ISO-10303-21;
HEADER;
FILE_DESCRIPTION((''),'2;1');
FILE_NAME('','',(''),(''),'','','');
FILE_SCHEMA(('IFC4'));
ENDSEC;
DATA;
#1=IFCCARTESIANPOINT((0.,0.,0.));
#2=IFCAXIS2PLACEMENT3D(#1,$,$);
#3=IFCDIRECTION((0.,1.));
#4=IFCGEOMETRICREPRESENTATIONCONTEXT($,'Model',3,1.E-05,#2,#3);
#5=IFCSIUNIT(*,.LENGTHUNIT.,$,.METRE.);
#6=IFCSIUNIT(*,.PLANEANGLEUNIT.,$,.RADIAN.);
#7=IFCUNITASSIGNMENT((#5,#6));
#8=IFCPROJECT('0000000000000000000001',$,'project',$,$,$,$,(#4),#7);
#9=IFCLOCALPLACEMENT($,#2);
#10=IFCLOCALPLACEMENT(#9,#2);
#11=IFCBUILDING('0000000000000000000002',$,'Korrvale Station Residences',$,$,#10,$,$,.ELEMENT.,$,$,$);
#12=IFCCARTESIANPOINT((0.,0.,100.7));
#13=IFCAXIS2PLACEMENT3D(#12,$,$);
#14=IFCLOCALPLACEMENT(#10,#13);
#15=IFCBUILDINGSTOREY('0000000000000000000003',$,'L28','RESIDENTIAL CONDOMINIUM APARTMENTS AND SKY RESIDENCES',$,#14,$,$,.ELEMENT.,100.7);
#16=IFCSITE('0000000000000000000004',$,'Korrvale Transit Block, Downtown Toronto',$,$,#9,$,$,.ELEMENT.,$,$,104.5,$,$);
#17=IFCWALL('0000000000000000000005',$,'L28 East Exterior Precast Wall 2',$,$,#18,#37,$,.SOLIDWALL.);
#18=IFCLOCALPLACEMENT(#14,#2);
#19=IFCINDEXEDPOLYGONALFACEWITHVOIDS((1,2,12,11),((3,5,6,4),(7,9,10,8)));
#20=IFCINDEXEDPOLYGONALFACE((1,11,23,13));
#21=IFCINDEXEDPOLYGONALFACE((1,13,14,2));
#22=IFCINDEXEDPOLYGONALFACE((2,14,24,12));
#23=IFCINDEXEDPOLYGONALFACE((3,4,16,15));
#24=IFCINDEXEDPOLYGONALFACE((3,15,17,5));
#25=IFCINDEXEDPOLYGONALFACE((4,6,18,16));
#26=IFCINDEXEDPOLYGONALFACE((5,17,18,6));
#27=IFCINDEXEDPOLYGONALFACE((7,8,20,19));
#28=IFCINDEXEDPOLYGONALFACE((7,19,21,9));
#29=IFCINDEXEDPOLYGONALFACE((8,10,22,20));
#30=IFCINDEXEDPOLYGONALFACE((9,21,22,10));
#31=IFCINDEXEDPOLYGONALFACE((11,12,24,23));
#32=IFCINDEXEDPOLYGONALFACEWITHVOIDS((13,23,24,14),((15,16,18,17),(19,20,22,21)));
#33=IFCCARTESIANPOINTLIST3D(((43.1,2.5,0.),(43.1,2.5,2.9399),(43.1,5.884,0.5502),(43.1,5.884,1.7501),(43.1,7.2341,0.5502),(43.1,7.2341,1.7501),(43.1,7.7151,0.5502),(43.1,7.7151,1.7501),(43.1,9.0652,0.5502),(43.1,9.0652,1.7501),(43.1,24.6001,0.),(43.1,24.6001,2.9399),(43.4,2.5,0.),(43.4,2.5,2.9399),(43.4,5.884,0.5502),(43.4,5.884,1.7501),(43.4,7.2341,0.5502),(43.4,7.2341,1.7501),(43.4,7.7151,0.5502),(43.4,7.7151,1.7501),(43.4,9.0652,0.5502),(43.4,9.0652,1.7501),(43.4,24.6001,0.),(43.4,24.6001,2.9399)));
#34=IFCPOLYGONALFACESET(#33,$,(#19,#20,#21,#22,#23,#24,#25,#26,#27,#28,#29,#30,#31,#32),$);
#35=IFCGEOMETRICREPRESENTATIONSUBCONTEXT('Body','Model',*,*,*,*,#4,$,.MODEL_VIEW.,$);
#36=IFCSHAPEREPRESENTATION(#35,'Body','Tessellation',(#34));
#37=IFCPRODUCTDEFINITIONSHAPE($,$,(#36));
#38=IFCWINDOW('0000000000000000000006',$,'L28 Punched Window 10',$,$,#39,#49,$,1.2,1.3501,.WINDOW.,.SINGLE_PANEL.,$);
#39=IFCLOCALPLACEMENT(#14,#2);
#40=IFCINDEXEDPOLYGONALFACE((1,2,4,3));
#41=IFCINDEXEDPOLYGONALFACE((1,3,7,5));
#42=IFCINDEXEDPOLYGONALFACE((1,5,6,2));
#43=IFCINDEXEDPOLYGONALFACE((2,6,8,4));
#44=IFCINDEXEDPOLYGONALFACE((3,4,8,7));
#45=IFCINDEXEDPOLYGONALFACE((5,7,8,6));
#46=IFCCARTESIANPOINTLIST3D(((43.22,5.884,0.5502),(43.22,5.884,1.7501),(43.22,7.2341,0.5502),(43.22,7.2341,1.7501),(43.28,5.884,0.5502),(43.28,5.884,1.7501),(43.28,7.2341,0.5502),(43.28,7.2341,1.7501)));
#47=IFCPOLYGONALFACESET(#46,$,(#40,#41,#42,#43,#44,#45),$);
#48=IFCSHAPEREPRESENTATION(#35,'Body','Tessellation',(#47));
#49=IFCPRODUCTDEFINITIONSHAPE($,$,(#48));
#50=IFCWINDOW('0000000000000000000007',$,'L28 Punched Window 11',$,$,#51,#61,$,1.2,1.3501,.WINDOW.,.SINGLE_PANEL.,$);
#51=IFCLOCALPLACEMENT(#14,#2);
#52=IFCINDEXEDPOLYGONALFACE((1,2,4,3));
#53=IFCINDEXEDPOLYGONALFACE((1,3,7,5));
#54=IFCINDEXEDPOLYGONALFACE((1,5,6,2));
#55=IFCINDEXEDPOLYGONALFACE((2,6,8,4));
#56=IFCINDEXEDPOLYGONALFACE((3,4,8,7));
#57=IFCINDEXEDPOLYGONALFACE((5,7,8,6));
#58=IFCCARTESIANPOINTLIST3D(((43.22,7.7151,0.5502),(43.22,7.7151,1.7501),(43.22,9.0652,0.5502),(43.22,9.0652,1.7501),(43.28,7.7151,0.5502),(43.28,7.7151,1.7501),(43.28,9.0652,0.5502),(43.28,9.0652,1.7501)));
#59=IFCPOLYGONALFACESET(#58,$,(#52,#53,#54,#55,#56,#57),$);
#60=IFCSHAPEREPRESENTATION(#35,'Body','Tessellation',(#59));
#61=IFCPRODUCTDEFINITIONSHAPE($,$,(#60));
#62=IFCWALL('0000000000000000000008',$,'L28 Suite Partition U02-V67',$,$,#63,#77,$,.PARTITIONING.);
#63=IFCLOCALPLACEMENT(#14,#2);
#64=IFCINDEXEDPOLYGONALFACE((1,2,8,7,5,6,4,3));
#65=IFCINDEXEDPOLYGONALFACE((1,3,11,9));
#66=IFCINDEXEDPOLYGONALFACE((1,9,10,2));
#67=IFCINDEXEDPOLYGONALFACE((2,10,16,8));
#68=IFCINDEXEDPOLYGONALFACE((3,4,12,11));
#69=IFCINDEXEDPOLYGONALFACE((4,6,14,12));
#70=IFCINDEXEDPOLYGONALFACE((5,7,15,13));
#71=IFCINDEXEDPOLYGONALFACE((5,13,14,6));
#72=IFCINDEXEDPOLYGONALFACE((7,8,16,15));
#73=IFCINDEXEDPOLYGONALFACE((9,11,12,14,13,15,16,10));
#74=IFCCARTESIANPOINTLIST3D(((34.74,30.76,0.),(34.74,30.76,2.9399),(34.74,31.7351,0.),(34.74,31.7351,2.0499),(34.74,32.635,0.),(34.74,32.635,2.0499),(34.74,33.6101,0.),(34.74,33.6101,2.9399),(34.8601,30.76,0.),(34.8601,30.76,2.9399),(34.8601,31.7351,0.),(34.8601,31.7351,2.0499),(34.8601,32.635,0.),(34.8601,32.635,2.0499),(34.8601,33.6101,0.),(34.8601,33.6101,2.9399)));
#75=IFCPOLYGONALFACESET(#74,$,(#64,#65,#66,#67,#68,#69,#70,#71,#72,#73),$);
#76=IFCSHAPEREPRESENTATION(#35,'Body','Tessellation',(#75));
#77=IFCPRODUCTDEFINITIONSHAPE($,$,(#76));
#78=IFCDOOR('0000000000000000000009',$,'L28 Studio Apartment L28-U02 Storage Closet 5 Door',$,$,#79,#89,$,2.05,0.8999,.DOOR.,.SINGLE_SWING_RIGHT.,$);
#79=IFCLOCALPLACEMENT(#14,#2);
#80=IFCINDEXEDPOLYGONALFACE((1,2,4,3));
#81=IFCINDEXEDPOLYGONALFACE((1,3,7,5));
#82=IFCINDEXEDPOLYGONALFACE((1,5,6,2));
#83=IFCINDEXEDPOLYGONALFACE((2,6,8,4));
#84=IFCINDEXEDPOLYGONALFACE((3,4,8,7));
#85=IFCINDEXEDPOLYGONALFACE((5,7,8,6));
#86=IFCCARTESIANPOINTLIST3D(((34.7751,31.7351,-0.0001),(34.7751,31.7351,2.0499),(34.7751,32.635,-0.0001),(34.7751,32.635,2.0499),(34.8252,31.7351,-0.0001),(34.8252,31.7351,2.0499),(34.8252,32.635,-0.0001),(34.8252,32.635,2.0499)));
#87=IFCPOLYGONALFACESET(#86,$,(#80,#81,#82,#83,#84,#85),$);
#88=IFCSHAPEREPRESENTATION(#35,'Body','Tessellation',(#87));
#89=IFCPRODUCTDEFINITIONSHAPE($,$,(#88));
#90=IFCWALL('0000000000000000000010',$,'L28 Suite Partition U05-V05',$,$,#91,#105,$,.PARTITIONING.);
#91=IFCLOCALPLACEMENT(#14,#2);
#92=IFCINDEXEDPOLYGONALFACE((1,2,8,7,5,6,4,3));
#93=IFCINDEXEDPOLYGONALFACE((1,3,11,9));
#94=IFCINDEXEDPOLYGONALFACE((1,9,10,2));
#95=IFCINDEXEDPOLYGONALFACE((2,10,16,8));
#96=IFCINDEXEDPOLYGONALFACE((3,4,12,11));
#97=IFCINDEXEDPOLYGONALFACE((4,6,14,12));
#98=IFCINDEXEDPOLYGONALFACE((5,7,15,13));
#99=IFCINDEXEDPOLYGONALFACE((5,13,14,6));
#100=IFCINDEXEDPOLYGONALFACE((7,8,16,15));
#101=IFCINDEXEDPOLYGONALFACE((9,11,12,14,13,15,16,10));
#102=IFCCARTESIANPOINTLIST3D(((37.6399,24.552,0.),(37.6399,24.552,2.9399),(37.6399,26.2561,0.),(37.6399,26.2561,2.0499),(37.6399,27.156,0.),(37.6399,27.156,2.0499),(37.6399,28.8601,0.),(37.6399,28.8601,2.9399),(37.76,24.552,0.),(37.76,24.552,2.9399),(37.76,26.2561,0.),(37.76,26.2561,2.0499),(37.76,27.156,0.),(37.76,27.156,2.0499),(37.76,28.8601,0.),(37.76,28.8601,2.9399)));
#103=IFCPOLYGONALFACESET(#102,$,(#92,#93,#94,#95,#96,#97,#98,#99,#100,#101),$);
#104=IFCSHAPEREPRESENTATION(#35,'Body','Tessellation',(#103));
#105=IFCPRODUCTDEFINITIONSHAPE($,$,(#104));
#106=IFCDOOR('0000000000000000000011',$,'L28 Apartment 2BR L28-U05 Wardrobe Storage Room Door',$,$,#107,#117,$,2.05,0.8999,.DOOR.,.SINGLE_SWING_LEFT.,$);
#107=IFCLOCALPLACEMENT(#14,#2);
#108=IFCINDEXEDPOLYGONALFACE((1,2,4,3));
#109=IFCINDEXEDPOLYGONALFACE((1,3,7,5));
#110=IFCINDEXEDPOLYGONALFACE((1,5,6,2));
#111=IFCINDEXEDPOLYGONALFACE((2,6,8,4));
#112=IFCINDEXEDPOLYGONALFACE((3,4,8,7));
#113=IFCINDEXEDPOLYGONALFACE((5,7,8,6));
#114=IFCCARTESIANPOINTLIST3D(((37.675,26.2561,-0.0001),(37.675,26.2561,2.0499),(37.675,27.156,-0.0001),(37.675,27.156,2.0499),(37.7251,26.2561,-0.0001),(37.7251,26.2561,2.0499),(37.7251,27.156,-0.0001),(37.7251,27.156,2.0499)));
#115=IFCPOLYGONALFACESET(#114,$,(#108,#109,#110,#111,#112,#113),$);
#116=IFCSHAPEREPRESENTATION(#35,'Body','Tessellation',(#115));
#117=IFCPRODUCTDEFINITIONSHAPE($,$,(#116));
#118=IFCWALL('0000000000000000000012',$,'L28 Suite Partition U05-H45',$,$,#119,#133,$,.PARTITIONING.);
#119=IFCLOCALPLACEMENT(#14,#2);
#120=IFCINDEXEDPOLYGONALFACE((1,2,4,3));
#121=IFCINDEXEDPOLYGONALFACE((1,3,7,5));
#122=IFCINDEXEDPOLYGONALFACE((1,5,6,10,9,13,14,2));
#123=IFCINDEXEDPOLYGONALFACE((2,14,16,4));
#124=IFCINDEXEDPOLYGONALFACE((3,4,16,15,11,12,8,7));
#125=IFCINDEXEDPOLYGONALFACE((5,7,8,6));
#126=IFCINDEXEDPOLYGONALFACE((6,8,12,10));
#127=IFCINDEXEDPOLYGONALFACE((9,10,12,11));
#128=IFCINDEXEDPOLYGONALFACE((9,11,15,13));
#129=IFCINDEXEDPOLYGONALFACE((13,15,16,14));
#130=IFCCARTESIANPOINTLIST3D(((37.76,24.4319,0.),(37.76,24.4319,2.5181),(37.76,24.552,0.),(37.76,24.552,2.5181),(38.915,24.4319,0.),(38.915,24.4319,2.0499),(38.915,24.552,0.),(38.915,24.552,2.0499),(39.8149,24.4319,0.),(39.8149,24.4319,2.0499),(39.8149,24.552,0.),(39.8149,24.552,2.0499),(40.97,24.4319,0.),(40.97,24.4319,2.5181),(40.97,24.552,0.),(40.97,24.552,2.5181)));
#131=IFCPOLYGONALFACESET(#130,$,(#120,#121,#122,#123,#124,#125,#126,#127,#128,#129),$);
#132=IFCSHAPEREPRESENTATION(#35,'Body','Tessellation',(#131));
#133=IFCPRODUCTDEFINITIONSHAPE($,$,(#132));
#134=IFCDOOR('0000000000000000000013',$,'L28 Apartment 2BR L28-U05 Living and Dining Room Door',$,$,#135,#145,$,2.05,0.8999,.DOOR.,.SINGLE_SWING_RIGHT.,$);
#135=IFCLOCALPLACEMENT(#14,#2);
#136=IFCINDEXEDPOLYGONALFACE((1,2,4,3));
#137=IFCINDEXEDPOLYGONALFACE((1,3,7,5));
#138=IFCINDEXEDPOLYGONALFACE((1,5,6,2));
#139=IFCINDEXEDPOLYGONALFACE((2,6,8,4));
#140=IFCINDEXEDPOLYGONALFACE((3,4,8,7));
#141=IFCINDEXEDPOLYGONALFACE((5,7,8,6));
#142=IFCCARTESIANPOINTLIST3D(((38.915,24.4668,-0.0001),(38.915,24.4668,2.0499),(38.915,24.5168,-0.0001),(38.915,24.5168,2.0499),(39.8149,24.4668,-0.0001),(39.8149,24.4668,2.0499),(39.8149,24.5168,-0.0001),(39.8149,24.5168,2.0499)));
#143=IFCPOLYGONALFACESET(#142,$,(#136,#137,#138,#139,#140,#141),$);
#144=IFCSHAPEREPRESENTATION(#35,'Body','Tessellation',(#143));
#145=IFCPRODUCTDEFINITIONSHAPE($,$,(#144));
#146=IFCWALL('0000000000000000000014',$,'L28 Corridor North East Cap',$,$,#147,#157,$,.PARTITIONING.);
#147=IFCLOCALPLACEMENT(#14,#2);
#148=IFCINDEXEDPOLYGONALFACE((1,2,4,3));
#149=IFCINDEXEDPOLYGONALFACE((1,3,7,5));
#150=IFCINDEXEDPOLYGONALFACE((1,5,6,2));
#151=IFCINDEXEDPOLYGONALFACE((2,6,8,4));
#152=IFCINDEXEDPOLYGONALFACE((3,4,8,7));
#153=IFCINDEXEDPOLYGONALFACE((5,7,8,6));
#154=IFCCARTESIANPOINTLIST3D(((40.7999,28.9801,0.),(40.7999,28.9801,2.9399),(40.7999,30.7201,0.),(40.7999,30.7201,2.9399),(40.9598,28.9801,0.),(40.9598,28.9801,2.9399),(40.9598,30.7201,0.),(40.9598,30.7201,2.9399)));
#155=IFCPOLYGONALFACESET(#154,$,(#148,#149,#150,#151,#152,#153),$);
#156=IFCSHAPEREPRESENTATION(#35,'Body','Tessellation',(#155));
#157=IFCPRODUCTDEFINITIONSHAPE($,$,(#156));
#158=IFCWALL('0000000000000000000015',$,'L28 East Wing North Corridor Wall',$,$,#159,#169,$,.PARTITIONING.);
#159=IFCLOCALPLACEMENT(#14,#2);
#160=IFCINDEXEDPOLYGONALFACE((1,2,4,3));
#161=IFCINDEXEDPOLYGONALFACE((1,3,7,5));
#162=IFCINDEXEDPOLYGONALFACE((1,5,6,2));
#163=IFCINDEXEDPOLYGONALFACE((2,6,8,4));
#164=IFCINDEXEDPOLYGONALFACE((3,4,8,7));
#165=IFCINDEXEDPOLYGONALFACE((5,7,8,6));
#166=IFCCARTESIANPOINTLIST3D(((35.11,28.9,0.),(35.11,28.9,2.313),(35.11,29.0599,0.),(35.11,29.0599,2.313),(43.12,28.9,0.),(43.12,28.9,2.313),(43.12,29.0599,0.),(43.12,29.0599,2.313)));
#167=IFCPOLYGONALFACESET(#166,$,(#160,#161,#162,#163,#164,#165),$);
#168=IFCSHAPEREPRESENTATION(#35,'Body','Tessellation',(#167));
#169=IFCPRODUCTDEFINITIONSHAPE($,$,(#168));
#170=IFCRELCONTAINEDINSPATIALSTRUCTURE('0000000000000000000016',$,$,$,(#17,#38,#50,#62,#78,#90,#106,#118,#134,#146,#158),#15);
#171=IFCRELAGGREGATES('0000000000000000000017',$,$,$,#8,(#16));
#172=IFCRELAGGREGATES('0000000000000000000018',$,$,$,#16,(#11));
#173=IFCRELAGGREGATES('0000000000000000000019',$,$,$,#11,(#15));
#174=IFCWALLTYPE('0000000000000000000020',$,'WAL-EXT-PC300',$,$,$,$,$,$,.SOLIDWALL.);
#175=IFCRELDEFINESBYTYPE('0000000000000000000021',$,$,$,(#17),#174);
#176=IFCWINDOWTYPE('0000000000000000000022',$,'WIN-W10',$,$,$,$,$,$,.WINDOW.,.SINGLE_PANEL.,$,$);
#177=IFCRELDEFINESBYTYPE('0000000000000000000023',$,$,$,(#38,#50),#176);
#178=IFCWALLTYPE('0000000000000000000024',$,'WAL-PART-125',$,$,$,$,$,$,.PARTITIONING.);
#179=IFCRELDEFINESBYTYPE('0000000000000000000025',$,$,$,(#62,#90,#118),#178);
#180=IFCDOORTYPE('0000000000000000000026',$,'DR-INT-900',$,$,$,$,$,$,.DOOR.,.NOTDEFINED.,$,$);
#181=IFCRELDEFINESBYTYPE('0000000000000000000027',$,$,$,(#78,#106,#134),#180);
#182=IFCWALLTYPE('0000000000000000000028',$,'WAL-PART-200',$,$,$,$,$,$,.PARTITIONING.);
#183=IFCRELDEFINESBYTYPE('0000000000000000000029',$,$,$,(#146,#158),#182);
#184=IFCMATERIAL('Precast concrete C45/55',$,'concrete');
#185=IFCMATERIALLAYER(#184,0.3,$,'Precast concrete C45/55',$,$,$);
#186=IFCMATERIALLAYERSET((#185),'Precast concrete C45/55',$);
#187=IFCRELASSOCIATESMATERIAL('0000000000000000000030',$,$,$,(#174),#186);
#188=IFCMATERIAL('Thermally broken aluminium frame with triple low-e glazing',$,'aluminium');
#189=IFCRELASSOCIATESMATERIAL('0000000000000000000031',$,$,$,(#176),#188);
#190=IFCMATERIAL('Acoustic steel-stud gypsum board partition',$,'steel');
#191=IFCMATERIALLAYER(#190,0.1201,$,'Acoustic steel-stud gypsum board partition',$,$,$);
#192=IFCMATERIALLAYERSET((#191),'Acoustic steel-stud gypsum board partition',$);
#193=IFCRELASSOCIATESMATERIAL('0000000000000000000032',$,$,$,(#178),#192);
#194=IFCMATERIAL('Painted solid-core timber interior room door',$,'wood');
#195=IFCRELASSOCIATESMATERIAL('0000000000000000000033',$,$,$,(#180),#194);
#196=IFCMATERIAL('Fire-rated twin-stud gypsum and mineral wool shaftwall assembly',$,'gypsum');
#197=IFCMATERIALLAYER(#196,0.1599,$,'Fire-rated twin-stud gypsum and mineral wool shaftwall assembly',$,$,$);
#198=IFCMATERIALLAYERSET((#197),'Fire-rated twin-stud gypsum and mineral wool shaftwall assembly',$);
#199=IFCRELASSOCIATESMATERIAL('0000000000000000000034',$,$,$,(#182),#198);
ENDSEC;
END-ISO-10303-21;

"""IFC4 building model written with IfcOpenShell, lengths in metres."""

from ifc_helpers import new_model, si_unit, direction, frame, frame_2d, origin, place, context, subcontext, project, spatial, rectangle, extrude, material, layer, layer_set, type_object, element, fill, save


model = new_model("IFC4")

# Units and contexts
model_context = context("Model", 3, precision=1e-05, world=origin(), true_north=direction((0.0, 1.0)))
body_context = subcontext(model_context, "Body", "Model", "MODEL_VIEW")
ifc_project = project(units=[si_unit("LENGTHUNIT", "METRE"), si_unit("PLANEANGLEUNIT", "RADIAN")], contexts=[model_context])

# Site, building, storey
site_placement = place(None, origin())
site = spatial("IfcSite", under=ifc_project, at=site_placement, Name="Korrvale Transit Block, Downtown Toronto", CompositionType="ELEMENT", RefElevation=104.5)
building_placement = place(site_placement, origin())
building = spatial("IfcBuilding", under=site, at=building_placement, Name="Korrvale Station Residences", CompositionType="ELEMENT")
storey_placement = place(building_placement, frame((0.0, 0.0, 100.7)))
storey = spatial("IfcBuildingStorey", under=building, at=storey_placement, Name="L28", Description="RESIDENTIAL CONDOMINIUM APARTMENTS AND SKY RESIDENCES", CompositionType="ELEMENT", Elevation=100.7)

# Shared definitions
ifc_material_1 = material(Name="Precast concrete C45/55", Category="concrete")

# Shared definitions
ifc_material_2 = material(Name="Thermally broken aluminium frame with triple low-e glazing", Category="aluminium")

# Wall, openings, windows
ifc_layer_1 = layer(ifc_material_1, 0.3, Name="Precast concrete C45/55")
ifc_layer_set_1 = layer_set([ifc_layer_1], Name="Precast concrete C45/55")
wall_type_1 = type_object("IfcWallType", Name="WAL-EXT-PC300", PredefinedType="SOLIDWALL", material=ifc_layer_set_1)
wall_1_placement = place(storey_placement, frame((43.25, 24.6001, 0.0), z_axis=(0.0, 0.0, 1.0), x_axis=(0.0, -1.0, 0.0)))
wall_1 = element("IfcWall", 1, at=wall_1_placement, inside=storey, type_object=wall_type_1, Name="L28 East Exterior Precast Wall 2", PredefinedType="SOLIDWALL", context=body_context, shape_type="SweptSolid", body=[
    extrude(rectangle(XDim=22.1001, YDim=0.3, at=frame_2d((11.05, 0.0))), origin(), (0.0, 0.0, 1.0), 2.9399),
])
opening_1_placement = place(wall_1_placement, frame((17.366, 0.0, 0.55)))
opening_1 = element("IfcOpeningElement", 2, at=opening_1_placement, cuts=wall_1, PredefinedType="OPENING", context=body_context, shape_type="SweptSolid", body=[
    extrude(rectangle(XDim=1.3501, YDim=1.2, at=frame_2d((0.675, 0.6001))), frame((0.0, 0.1602, 0.0), z_axis=(0.0, -1.0, 0.0), x_axis=(1.0, 0.0, 0.0)), (0.0, 0.0, 1.0), 0.3201),
])
opening_2_placement = place(wall_1_placement, frame((15.5349, 0.0, 0.55)))
opening_2 = element("IfcOpeningElement", 3, at=opening_2_placement, cuts=wall_1, PredefinedType="OPENING", context=body_context, shape_type="SweptSolid", body=[
    extrude(rectangle(XDim=1.3501, YDim=1.2, at=frame_2d((0.675, 0.6001))), frame((0.0, 0.1602, 0.0), z_axis=(0.0, -1.0, 0.0), x_axis=(1.0, 0.0, 0.0)), (0.0, 0.0, 1.0), 0.3201),
])
window_type_1 = type_object("IfcWindowType", Name="WIN-W10", PartitioningType="SINGLE_PANEL", PredefinedType="WINDOW", material=ifc_material_2)
window_1_placement = place(opening_1_placement, origin())
window_1 = element("IfcWindow", 4, at=window_1_placement, inside=storey, type_object=window_type_1, Name="L28 Punched Window 10", OverallHeight=1.2, OverallWidth=1.3501, PartitioningType="SINGLE_PANEL", PredefinedType="WINDOW", context=body_context, shape_type="SweptSolid", body=[
    extrude(rectangle(XDim=1.3501, YDim=1.2, at=frame_2d((0.675, 0.6001))), frame((0.0, 0.03, 0.0), z_axis=(0.0, -1.0, 0.0), x_axis=(1.0, 0.0, 0.0)), (0.0, 0.0, 1.0), 0.0601),
])
fill(opening_1, window_1)
window_2_placement = place(opening_2_placement, origin())
window_2 = element("IfcWindow", 5, at=window_2_placement, inside=storey, type_object=window_type_1, Name="L28 Punched Window 11", OverallHeight=1.2, OverallWidth=1.3501, PartitioningType="SINGLE_PANEL", PredefinedType="WINDOW", context=body_context, shape_type="SweptSolid", body=[
    extrude(rectangle(XDim=1.3501, YDim=1.2, at=frame_2d((0.675, 0.6001))), frame((0.0, 0.03, 0.0), z_axis=(0.0, -1.0, 0.0), x_axis=(1.0, 0.0, 0.0)), (0.0, 0.0, 1.0), 0.0601),
])
fill(opening_2, window_2)

# Walls, openings, doors
ifc_material_3 = material(Name="Acoustic steel-stud gypsum board partition", Category="steel")
ifc_layer_2 = layer(ifc_material_3, 0.1201, Name="Acoustic steel-stud gypsum board partition")
ifc_layer_set_2 = layer_set([ifc_layer_2], Name="Acoustic steel-stud gypsum board partition")
wall_type_2 = type_object("IfcWallType", Name="WAL-PART-125", PredefinedType="PARTITIONING", material=ifc_layer_set_2)
wall_2_placement = place(storey_placement, frame((34.8, 30.76, 0.0), z_axis=(0.0, 0.0, 1.0), x_axis=(0.0, 1.0, 0.0)))
wall_2 = element("IfcWall", 6, at=wall_2_placement, inside=storey, type_object=wall_type_2, Name="L28 Suite Partition U02-V67", PredefinedType="PARTITIONING", context=body_context, shape_type="SweptSolid", body=[
    extrude(rectangle(XDim=2.8501, YDim=0.1201, at=frame_2d((1.425, 0.0))), origin(), (0.0, 0.0, 1.0), 2.9399),
])
opening_3_placement = place(wall_2_placement, frame((0.9751, 0.0, 0.0)))
opening_3 = element("IfcOpeningElement", 7, at=opening_3_placement, cuts=wall_2, PredefinedType="OPENING", context=body_context, shape_type="SweptSolid", body=[
    extrude(rectangle(XDim=0.8999, YDim=2.05, at=frame_2d((0.45, 1.0249))), frame((0.0, 0.0701, 0.0), z_axis=(0.0, -1.0, 0.0), x_axis=(1.0, 0.0, 0.0)), (0.0, 0.0, 1.0), 0.1401),
])
ifc_material_4 = material(Name="Painted solid-core timber interior room door", Category="wood")
door_type_1 = type_object("IfcDoorType", Name="DR-INT-900", OperationType="NOTDEFINED", PredefinedType="DOOR", material=ifc_material_4)
door_1_placement = place(opening_3_placement, origin())
door_1 = element("IfcDoor", 8, at=door_1_placement, inside=storey, type_object=door_type_1, Name="L28 Studio Apartment L28-U02 Storage Closet 5 Door", OperationType="SINGLE_SWING_RIGHT", OverallHeight=2.05, OverallWidth=0.8999, PredefinedType="DOOR", context=body_context, shape_type="SweptSolid", body=[
    extrude(rectangle(XDim=0.8999, YDim=2.05, at=frame_2d((0.45, 1.0249))), frame((0.0, 0.0249, 0.0), z_axis=(0.0, -1.0, 0.0), x_axis=(1.0, 0.0, 0.0)), (0.0, 0.0, 1.0), 0.05),
])
fill(opening_3, door_1)
wall_3_placement = place(storey_placement, frame((37.7, 24.552, 0.0), z_axis=(0.0, 0.0, 1.0), x_axis=(0.0, 1.0, 0.0)))
wall_3 = element("IfcWall", 9, at=wall_3_placement, inside=storey, type_object=wall_type_2, Name="L28 Suite Partition U05-V05", PredefinedType="PARTITIONING", context=body_context, shape_type="SweptSolid", body=[
    extrude(rectangle(XDim=4.3081, YDim=0.1201, at=frame_2d((2.1541, 0.0))), origin(), (0.0, 0.0, 1.0), 2.9399),
])
opening_4_placement = place(wall_3_placement, frame((1.7041, 0.0, 0.0)))
opening_4 = element("IfcOpeningElement", 10, at=opening_4_placement, cuts=wall_3, PredefinedType="OPENING", context=body_context, shape_type="SweptSolid", body=[
    extrude(rectangle(XDim=0.8999, YDim=2.05, at=frame_2d((0.45, 1.0249))), frame((0.0, 0.0701, 0.0), z_axis=(0.0, -1.0, 0.0), x_axis=(1.0, 0.0, 0.0)), (0.0, 0.0, 1.0), 0.1401),
])
door_2_placement = place(opening_4_placement, origin())
door_2 = element("IfcDoor", 11, at=door_2_placement, inside=storey, type_object=door_type_1, Name="L28 Apartment 2BR L28-U05 Wardrobe Storage Room Door", OperationType="SINGLE_SWING_LEFT", OverallHeight=2.05, OverallWidth=0.8999, PredefinedType="DOOR", context=body_context, shape_type="SweptSolid", body=[
    extrude(rectangle(XDim=0.8999, YDim=2.05, at=frame_2d((0.45, 1.0249))), frame((0.0, 0.0249, 0.0), z_axis=(0.0, -1.0, 0.0), x_axis=(1.0, 0.0, 0.0)), (0.0, 0.0, 1.0), 0.05),
])
fill(opening_4, door_2)
wall_4_placement = place(storey_placement, frame((37.76, 24.4919, 0.0), z_axis=(0.0, 0.0, 1.0), x_axis=(1.0, 0.0, 0.0)))
wall_4 = element("IfcWall", 12, at=wall_4_placement, inside=storey, type_object=wall_type_2, Name="L28 Suite Partition U05-H45", PredefinedType="PARTITIONING", context=body_context, shape_type="SweptSolid", body=[
    extrude(rectangle(XDim=3.21, YDim=0.1201, at=frame_2d((1.605, 0.0))), origin(), (0.0, 0.0, 1.0), 2.5181),
])
opening_5_placement = place(wall_4_placement, frame((1.155, 0.0, 0.0)))
opening_5 = element("IfcOpeningElement", 13, at=opening_5_placement, cuts=wall_4, PredefinedType="OPENING", context=body_context, shape_type="SweptSolid", body=[
    extrude(rectangle(XDim=0.8999, YDim=2.05, at=frame_2d((0.45, 1.0249))), frame((0.0, 0.0701, 0.0), z_axis=(0.0, -1.0, 0.0), x_axis=(1.0, 0.0, 0.0)), (0.0, 0.0, 1.0), 0.1401),
])
door_3_placement = place(opening_5_placement, origin())
door_3 = element("IfcDoor", 14, at=door_3_placement, inside=storey, type_object=door_type_1, Name="L28 Apartment 2BR L28-U05 Living and Dining Room Door", OperationType="SINGLE_SWING_RIGHT", OverallHeight=2.05, OverallWidth=0.8999, PredefinedType="DOOR", context=body_context, shape_type="SweptSolid", body=[
    extrude(rectangle(XDim=0.8999, YDim=2.05, at=frame_2d((0.45, 1.0249))), frame((0.0, 0.0249, 0.0), z_axis=(0.0, -1.0, 0.0), x_axis=(1.0, 0.0, 0.0)), (0.0, 0.0, 1.0), 0.05),
])
fill(opening_5, door_3)

# Walls
ifc_material_5 = material(Name="Fire-rated twin-stud gypsum and mineral wool shaftwall assembly", Category="gypsum")
ifc_layer_3 = layer(ifc_material_5, 0.1599, Name="Fire-rated twin-stud gypsum and mineral wool shaftwall assembly")
ifc_layer_set_3 = layer_set([ifc_layer_3], Name="Fire-rated twin-stud gypsum and mineral wool shaftwall assembly")
wall_type_3 = type_object("IfcWallType", Name="WAL-PART-200", PredefinedType="PARTITIONING", material=ifc_layer_set_3)
wall_5_placement = place(storey_placement, frame((40.8799, 28.98, 0.0), z_axis=(0.0, 0.0, 1.0), x_axis=(0.0, 1.0, 0.0)))
element("IfcWall", 15, at=wall_5_placement, inside=storey, type_object=wall_type_3, Name="L28 Corridor North East Cap", PredefinedType="PARTITIONING", context=body_context, shape_type="SweptSolid", body=[
    extrude(rectangle(XDim=1.74, YDim=0.1599, at=frame_2d((0.8701, 0.0))), origin(), (0.0, 0.0, 1.0), 2.9399),
])
wall_6_placement = place(storey_placement, frame((35.1101, 28.98, 0.0), z_axis=(0.0, 0.0, 1.0), x_axis=(1.0, 0.0, 0.0)))
element("IfcWall", 16, at=wall_6_placement, inside=storey, type_object=wall_type_3, Name="L28 East Wing North Corridor Wall", PredefinedType="PARTITIONING", context=body_context, shape_type="SweptSolid", body=[
    extrude(rectangle(XDim=8.01, YDim=0.1599, at=frame_2d((4.0049, 0.0))), origin(), (0.0, 0.0, 1.0), 2.313),
])

save(model, "model.ifc")
